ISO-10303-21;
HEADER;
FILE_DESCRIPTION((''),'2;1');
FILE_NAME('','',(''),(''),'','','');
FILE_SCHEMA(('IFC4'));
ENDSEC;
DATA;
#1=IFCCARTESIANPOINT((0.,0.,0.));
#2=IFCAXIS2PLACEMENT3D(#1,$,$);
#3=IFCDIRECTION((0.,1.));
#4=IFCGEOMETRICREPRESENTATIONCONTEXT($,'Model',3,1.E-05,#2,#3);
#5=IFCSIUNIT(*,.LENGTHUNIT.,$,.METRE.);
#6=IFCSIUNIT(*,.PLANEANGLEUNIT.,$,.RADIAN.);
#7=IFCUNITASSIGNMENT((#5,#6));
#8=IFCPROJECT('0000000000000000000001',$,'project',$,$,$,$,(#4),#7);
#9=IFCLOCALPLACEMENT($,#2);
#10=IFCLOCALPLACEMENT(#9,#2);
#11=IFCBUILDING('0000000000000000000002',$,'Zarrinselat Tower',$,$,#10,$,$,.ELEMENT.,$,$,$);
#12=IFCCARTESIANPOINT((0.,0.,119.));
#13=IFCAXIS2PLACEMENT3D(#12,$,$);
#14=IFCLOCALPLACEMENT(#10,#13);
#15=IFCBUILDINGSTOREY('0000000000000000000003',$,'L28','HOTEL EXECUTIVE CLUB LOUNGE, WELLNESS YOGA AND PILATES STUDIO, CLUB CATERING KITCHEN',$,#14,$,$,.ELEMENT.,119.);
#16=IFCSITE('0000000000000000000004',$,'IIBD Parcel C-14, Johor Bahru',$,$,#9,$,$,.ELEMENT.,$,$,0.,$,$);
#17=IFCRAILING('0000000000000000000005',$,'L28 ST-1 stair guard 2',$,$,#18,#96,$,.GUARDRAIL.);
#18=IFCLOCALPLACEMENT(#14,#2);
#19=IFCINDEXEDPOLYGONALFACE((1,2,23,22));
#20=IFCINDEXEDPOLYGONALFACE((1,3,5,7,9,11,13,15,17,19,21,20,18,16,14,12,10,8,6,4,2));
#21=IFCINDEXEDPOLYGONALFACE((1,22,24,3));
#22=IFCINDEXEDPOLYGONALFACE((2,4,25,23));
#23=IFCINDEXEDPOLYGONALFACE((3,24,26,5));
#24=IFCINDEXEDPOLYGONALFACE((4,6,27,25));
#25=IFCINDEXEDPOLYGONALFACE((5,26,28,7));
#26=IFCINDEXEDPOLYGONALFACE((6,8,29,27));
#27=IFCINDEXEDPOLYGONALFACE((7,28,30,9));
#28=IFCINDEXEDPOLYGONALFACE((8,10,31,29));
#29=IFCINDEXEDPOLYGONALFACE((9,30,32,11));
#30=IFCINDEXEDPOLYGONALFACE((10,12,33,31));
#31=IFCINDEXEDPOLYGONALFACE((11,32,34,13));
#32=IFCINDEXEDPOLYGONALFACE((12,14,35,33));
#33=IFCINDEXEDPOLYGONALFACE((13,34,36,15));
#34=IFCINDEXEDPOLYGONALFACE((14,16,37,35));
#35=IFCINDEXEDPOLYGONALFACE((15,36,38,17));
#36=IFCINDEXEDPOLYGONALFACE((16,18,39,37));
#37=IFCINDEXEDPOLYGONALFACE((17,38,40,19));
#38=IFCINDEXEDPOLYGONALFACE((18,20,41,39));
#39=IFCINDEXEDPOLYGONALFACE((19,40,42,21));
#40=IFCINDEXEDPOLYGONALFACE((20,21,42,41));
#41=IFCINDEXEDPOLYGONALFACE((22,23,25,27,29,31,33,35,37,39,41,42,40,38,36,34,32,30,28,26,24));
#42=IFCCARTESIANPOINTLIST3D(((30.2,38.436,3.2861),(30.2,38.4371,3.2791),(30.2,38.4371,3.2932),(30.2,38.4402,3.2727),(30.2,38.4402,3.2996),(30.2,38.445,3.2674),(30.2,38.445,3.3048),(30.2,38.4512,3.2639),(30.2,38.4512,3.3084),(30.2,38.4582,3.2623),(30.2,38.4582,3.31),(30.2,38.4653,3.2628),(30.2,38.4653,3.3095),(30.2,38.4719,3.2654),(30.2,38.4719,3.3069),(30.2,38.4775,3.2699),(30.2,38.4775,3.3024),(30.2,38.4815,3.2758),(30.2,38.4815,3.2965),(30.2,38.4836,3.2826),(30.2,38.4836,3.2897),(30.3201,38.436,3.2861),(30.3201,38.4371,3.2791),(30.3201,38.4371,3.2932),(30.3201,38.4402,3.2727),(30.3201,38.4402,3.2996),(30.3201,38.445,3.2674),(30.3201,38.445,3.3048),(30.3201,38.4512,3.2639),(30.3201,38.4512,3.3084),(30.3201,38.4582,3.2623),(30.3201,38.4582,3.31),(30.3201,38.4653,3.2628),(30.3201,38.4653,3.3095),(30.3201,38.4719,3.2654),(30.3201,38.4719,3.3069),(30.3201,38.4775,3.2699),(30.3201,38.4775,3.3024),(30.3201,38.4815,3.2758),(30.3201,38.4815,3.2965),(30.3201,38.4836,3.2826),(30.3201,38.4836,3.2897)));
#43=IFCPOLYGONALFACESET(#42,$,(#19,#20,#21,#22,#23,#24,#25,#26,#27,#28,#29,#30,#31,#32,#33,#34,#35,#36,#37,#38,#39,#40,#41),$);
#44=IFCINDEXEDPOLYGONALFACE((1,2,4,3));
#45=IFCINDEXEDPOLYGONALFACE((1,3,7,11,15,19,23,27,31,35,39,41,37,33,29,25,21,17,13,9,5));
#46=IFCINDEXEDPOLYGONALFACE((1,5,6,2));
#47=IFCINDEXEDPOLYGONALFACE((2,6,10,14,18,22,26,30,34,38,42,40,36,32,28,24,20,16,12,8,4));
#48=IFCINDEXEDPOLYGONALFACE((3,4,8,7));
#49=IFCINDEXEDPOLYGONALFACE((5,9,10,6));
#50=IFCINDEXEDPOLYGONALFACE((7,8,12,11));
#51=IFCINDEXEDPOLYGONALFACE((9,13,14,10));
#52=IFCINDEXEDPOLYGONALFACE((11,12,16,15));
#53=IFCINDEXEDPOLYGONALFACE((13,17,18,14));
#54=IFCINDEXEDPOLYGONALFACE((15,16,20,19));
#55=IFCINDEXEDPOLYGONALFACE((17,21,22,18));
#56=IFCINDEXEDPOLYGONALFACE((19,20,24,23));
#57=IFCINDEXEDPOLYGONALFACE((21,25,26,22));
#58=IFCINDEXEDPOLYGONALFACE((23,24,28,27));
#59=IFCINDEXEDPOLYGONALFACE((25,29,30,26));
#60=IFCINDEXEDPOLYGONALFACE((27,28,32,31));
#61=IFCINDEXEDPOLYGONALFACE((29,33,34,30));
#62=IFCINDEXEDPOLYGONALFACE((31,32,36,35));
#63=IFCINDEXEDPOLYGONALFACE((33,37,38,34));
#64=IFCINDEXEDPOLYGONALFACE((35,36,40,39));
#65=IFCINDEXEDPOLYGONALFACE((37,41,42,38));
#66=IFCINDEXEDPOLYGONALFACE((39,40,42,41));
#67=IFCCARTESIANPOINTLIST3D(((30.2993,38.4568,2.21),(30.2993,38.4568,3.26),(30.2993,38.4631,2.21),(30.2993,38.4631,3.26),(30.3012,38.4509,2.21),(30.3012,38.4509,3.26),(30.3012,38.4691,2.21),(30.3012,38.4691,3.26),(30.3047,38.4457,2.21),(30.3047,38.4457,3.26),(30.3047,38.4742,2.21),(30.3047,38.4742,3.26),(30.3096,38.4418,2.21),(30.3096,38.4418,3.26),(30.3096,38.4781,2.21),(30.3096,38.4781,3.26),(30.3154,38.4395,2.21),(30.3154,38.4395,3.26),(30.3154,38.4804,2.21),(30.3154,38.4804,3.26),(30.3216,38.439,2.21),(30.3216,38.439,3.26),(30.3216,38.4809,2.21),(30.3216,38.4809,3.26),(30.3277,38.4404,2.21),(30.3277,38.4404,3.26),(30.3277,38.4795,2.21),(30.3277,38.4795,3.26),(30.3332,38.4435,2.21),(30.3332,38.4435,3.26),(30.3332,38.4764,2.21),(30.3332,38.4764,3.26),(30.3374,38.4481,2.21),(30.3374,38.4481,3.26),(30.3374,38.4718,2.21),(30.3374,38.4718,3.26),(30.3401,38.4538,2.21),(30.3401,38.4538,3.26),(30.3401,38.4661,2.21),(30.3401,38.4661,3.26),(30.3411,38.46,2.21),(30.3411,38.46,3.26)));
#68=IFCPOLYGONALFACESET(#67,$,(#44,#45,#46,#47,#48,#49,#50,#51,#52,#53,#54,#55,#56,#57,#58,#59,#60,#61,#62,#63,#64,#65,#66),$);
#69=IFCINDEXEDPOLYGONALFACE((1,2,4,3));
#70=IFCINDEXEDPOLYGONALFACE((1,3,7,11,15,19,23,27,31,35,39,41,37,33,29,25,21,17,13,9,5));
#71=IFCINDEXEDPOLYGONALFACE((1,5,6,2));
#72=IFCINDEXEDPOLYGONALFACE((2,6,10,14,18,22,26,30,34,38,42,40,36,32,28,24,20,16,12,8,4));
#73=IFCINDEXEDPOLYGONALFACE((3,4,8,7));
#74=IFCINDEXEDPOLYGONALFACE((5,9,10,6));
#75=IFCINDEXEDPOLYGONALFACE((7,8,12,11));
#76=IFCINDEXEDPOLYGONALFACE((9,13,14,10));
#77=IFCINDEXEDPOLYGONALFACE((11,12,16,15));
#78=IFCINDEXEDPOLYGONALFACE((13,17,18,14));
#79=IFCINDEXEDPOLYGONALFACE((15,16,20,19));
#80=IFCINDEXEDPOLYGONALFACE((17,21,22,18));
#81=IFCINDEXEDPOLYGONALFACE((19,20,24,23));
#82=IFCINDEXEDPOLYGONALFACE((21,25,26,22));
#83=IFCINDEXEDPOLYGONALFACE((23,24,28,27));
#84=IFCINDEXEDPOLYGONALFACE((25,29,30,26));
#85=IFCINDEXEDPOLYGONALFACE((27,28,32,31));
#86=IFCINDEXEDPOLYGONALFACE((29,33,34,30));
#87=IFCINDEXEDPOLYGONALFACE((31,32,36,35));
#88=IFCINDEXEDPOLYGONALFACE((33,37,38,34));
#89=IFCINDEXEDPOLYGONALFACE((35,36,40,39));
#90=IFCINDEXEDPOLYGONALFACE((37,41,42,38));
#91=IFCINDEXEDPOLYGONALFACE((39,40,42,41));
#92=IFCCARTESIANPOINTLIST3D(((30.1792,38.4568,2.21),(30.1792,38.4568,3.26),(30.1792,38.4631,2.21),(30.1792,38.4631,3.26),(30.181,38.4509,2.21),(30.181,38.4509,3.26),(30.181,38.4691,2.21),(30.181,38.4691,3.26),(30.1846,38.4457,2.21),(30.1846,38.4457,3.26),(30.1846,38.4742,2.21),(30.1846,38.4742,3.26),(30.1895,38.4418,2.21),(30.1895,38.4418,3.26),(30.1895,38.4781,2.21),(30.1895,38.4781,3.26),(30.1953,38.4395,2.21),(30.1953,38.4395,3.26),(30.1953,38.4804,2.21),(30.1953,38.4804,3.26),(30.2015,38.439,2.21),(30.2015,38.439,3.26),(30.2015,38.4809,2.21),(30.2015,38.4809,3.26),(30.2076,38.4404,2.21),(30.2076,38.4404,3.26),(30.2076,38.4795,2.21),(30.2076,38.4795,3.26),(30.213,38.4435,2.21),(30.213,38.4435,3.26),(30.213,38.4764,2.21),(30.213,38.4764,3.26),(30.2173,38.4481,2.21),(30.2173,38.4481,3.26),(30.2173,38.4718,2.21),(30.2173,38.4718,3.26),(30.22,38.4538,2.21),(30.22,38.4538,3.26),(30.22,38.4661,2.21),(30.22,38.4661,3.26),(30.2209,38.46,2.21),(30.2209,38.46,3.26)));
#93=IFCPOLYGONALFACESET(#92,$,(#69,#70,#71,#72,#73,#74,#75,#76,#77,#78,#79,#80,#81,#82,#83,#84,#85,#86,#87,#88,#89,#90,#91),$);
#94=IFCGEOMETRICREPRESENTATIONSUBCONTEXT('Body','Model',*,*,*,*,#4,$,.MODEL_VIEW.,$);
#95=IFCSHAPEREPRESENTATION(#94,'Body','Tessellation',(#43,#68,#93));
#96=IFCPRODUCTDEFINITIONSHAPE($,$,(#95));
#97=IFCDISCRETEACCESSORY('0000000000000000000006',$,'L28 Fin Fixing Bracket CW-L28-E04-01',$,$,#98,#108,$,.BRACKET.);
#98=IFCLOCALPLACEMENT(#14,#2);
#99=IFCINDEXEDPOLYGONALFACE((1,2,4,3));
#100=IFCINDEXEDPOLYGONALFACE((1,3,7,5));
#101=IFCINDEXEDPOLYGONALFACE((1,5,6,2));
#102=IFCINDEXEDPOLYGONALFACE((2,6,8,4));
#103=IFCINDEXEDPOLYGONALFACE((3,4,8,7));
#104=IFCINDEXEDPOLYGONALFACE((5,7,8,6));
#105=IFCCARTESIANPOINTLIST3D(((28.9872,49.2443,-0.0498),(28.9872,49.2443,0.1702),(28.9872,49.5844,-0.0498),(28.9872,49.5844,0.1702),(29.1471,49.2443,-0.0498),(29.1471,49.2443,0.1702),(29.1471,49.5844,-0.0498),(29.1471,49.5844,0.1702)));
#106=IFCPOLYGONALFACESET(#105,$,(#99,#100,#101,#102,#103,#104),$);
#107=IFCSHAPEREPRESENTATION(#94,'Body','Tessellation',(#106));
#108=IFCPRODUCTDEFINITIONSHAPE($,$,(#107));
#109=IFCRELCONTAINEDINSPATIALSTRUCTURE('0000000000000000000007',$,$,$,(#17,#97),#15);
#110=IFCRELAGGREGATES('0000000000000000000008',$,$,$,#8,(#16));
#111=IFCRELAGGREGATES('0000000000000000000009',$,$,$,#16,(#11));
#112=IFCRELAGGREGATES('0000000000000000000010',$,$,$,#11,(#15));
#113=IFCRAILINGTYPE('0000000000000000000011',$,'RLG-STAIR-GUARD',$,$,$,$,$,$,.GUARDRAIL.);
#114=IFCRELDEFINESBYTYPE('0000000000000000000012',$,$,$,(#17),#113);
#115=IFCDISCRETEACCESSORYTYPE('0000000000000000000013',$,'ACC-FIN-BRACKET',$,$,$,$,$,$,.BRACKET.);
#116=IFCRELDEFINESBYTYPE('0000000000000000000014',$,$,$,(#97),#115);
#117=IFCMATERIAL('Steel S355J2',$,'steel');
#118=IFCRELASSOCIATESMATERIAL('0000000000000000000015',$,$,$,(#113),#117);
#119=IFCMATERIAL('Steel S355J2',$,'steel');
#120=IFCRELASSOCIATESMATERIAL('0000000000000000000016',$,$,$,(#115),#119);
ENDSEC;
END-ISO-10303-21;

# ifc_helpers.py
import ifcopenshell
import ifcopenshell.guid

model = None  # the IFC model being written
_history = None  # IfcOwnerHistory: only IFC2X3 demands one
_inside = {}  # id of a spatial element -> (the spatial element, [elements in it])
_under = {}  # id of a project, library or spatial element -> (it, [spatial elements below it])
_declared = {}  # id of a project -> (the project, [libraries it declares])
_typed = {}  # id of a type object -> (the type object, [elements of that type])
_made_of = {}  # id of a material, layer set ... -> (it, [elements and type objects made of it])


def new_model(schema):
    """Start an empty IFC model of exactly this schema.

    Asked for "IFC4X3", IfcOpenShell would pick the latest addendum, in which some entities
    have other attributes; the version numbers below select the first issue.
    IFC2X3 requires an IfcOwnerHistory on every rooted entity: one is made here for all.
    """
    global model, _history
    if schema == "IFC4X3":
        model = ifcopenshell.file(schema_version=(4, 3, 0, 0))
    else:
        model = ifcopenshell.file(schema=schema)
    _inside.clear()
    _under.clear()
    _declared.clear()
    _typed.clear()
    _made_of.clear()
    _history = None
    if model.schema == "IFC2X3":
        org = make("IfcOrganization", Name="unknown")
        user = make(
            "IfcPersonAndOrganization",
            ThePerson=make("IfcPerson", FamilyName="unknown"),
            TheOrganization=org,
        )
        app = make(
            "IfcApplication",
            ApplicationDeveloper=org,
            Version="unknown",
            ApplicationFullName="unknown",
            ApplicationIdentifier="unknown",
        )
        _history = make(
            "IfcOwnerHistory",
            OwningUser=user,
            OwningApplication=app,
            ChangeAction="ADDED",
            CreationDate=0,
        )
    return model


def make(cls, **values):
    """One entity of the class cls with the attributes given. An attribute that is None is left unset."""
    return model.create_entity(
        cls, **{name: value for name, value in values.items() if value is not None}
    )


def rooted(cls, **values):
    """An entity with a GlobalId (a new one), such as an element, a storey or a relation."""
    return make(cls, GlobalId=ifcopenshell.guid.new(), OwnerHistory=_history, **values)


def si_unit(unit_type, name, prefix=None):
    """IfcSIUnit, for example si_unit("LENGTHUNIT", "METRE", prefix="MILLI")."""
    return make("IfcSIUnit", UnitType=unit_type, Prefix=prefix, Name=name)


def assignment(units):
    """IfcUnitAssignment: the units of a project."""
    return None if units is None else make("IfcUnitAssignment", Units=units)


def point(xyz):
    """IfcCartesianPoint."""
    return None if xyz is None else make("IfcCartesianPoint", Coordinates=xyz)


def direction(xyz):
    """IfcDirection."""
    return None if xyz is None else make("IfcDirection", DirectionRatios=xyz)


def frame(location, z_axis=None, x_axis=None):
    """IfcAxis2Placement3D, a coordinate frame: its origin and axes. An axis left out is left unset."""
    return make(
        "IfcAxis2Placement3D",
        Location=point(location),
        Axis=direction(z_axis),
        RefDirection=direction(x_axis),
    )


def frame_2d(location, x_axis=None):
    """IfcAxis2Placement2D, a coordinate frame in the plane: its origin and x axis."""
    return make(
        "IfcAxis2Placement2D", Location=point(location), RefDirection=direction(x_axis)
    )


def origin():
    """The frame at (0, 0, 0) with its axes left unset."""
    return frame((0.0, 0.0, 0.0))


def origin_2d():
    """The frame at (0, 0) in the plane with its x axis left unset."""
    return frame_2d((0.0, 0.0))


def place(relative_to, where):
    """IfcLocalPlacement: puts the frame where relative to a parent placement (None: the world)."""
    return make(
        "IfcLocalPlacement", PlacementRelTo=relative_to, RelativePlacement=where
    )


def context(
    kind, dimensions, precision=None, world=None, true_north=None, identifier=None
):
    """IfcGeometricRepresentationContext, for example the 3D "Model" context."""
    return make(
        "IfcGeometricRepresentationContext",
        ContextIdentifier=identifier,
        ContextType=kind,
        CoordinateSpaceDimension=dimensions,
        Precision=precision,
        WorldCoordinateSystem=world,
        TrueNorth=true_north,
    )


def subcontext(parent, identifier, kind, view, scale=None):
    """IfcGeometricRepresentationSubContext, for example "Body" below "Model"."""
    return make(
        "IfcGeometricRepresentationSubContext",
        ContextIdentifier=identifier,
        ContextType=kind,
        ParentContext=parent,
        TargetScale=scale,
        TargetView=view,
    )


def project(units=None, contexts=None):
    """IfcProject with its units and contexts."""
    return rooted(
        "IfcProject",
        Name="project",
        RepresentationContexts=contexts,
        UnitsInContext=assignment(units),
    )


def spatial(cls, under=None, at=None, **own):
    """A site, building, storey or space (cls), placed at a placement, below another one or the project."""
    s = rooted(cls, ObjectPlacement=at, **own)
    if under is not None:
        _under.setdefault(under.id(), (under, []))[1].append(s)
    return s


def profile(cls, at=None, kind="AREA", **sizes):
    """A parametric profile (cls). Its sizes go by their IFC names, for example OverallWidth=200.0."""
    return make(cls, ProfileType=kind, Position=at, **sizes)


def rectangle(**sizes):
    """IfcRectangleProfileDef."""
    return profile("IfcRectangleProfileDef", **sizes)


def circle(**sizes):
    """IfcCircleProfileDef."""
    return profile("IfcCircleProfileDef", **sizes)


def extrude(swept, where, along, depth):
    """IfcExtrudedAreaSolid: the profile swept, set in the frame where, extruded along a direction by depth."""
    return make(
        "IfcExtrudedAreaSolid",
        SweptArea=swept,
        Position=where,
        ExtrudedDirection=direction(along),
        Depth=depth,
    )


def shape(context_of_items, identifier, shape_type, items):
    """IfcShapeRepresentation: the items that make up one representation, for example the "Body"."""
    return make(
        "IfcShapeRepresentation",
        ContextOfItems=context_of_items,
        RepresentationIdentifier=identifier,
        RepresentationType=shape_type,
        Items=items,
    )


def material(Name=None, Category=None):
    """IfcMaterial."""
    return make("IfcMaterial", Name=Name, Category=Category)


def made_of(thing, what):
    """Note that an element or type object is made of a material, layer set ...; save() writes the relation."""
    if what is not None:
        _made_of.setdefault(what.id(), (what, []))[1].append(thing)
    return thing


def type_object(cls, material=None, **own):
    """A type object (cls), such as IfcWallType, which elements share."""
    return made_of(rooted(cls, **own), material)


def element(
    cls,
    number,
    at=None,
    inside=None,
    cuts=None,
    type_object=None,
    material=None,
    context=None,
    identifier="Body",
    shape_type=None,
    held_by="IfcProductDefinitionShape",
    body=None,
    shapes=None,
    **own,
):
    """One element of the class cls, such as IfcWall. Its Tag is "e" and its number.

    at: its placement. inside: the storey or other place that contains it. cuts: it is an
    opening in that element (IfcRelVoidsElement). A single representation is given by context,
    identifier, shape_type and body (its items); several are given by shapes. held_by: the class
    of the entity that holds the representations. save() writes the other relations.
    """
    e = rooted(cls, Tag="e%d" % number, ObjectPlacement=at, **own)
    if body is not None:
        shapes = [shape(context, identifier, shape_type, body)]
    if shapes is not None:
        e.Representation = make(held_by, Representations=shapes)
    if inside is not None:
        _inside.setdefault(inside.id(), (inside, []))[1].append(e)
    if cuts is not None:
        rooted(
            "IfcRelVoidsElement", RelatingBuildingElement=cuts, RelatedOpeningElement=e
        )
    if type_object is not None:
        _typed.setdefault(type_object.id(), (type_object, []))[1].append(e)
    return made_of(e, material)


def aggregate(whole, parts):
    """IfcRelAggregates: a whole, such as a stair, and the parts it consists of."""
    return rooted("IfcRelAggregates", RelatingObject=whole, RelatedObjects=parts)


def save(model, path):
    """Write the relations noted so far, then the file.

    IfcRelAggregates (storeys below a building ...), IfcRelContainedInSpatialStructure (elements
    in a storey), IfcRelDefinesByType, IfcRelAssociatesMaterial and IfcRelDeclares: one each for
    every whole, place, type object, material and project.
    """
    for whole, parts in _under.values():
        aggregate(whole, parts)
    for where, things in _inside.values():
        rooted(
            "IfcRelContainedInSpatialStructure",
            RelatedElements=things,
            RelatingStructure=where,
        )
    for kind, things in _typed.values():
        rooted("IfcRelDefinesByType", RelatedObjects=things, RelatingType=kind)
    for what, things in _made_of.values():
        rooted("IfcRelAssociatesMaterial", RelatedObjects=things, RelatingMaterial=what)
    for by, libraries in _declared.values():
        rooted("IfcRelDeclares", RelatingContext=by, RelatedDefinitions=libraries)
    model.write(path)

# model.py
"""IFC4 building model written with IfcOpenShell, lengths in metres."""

from ifc_helpers import new_model, si_unit, direction, frame, origin, origin_2d, place, context, subcontext, project, spatial, rectangle, circle, extrude, material, type_object, element, save


model = new_model("IFC4")

# Units and contexts
model_context = context("Model", 3, precision=1e-05, world=origin(), true_north=direction((0.0, 1.0)))
body_context = subcontext(model_context, "Body", "Model", "MODEL_VIEW")
ifc_project = project(units=[si_unit("LENGTHUNIT", "METRE"), si_unit("PLANEANGLEUNIT", "RADIAN")], contexts=[model_context])

# Site, building, storey
site_placement = place(None, origin())
site = spatial("IfcSite", under=ifc_project, at=site_placement, Name="IIBD Parcel C-14, Johor Bahru", CompositionType="ELEMENT", RefElevation=0.0)
building_placement = place(site_placement, origin())
building = spatial("IfcBuilding", under=site, at=building_placement, Name="Zarrinselat Tower", CompositionType="ELEMENT")
storey_placement = place(building_placement, frame((0.0, 0.0, 119.0)))
storey = spatial("IfcBuildingStorey", under=building, at=storey_placement, Name="L28", Description="HOTEL EXECUTIVE CLUB LOUNGE, WELLNESS YOGA AND PILATES STUDIO, CLUB CATERING KITCHEN", CompositionType="ELEMENT", Elevation=119.0)

# Railing
ifc_material_1 = material(Name="Steel S355J2", Category="steel")
railing_type = type_object("IfcRailingType", Name="RLG-STAIR-GUARD", PredefinedType="GUARDRAIL", material=ifc_material_1)
railing_placement = place(storey_placement, frame((30.3201, 38.46, 2.21)))
element("IfcRailing", 1, at=railing_placement, inside=storey, type_object=railing_type, Name="L28 ST-1 stair guard 2", PredefinedType="GUARDRAIL", context=body_context, shape_type="SweptSolid", body=[
    extrude(circle(Radius=0.0239, at=origin_2d()), frame((0.0, 0.0, 1.0762), z_axis=(-1.0, 0.0, 0.0), x_axis=(0.0, -1.0, 0.0)), (0.0, 0.0, 1.0), 0.1201),
    extrude(circle(Radius=0.021, at=origin_2d()), origin(), (0.0, 0.0, 1.0), 1.05),
    extrude(circle(Radius=0.021, at=origin_2d()), frame((-0.1201, 0.0, 0.0)), (0.0, 0.0, 1.0), 1.05),
])

# Discrete accessory
ifc_material_2 = material(Name="Steel S355J2", Category="steel")
discrete_accessory_type = type_object("IfcDiscreteAccessoryType", Name="ACC-FIN-BRACKET", PredefinedType="BRACKET", material=ifc_material_2)
discrete_accessory_placement = place(storey_placement, frame((29.0671, 49.4143, -0.0498), z_axis=(0.0, 0.0, 1.0), x_axis=(0.0, 1.0, 0.0)))
element("IfcDiscreteAccessory", 2, at=discrete_accessory_placement, inside=storey, type_object=discrete_accessory_type, Name="L28 Fin Fixing Bracket CW-L28-E04-01", PredefinedType="BRACKET", context=body_context, shape_type="SweptSolid", body=[
    extrude(rectangle(XDim=0.3401, YDim=0.1599, at=origin_2d()), origin(), (0.0, 0.0, 1.0), 0.22),
])

save(model, "model.ifc")
